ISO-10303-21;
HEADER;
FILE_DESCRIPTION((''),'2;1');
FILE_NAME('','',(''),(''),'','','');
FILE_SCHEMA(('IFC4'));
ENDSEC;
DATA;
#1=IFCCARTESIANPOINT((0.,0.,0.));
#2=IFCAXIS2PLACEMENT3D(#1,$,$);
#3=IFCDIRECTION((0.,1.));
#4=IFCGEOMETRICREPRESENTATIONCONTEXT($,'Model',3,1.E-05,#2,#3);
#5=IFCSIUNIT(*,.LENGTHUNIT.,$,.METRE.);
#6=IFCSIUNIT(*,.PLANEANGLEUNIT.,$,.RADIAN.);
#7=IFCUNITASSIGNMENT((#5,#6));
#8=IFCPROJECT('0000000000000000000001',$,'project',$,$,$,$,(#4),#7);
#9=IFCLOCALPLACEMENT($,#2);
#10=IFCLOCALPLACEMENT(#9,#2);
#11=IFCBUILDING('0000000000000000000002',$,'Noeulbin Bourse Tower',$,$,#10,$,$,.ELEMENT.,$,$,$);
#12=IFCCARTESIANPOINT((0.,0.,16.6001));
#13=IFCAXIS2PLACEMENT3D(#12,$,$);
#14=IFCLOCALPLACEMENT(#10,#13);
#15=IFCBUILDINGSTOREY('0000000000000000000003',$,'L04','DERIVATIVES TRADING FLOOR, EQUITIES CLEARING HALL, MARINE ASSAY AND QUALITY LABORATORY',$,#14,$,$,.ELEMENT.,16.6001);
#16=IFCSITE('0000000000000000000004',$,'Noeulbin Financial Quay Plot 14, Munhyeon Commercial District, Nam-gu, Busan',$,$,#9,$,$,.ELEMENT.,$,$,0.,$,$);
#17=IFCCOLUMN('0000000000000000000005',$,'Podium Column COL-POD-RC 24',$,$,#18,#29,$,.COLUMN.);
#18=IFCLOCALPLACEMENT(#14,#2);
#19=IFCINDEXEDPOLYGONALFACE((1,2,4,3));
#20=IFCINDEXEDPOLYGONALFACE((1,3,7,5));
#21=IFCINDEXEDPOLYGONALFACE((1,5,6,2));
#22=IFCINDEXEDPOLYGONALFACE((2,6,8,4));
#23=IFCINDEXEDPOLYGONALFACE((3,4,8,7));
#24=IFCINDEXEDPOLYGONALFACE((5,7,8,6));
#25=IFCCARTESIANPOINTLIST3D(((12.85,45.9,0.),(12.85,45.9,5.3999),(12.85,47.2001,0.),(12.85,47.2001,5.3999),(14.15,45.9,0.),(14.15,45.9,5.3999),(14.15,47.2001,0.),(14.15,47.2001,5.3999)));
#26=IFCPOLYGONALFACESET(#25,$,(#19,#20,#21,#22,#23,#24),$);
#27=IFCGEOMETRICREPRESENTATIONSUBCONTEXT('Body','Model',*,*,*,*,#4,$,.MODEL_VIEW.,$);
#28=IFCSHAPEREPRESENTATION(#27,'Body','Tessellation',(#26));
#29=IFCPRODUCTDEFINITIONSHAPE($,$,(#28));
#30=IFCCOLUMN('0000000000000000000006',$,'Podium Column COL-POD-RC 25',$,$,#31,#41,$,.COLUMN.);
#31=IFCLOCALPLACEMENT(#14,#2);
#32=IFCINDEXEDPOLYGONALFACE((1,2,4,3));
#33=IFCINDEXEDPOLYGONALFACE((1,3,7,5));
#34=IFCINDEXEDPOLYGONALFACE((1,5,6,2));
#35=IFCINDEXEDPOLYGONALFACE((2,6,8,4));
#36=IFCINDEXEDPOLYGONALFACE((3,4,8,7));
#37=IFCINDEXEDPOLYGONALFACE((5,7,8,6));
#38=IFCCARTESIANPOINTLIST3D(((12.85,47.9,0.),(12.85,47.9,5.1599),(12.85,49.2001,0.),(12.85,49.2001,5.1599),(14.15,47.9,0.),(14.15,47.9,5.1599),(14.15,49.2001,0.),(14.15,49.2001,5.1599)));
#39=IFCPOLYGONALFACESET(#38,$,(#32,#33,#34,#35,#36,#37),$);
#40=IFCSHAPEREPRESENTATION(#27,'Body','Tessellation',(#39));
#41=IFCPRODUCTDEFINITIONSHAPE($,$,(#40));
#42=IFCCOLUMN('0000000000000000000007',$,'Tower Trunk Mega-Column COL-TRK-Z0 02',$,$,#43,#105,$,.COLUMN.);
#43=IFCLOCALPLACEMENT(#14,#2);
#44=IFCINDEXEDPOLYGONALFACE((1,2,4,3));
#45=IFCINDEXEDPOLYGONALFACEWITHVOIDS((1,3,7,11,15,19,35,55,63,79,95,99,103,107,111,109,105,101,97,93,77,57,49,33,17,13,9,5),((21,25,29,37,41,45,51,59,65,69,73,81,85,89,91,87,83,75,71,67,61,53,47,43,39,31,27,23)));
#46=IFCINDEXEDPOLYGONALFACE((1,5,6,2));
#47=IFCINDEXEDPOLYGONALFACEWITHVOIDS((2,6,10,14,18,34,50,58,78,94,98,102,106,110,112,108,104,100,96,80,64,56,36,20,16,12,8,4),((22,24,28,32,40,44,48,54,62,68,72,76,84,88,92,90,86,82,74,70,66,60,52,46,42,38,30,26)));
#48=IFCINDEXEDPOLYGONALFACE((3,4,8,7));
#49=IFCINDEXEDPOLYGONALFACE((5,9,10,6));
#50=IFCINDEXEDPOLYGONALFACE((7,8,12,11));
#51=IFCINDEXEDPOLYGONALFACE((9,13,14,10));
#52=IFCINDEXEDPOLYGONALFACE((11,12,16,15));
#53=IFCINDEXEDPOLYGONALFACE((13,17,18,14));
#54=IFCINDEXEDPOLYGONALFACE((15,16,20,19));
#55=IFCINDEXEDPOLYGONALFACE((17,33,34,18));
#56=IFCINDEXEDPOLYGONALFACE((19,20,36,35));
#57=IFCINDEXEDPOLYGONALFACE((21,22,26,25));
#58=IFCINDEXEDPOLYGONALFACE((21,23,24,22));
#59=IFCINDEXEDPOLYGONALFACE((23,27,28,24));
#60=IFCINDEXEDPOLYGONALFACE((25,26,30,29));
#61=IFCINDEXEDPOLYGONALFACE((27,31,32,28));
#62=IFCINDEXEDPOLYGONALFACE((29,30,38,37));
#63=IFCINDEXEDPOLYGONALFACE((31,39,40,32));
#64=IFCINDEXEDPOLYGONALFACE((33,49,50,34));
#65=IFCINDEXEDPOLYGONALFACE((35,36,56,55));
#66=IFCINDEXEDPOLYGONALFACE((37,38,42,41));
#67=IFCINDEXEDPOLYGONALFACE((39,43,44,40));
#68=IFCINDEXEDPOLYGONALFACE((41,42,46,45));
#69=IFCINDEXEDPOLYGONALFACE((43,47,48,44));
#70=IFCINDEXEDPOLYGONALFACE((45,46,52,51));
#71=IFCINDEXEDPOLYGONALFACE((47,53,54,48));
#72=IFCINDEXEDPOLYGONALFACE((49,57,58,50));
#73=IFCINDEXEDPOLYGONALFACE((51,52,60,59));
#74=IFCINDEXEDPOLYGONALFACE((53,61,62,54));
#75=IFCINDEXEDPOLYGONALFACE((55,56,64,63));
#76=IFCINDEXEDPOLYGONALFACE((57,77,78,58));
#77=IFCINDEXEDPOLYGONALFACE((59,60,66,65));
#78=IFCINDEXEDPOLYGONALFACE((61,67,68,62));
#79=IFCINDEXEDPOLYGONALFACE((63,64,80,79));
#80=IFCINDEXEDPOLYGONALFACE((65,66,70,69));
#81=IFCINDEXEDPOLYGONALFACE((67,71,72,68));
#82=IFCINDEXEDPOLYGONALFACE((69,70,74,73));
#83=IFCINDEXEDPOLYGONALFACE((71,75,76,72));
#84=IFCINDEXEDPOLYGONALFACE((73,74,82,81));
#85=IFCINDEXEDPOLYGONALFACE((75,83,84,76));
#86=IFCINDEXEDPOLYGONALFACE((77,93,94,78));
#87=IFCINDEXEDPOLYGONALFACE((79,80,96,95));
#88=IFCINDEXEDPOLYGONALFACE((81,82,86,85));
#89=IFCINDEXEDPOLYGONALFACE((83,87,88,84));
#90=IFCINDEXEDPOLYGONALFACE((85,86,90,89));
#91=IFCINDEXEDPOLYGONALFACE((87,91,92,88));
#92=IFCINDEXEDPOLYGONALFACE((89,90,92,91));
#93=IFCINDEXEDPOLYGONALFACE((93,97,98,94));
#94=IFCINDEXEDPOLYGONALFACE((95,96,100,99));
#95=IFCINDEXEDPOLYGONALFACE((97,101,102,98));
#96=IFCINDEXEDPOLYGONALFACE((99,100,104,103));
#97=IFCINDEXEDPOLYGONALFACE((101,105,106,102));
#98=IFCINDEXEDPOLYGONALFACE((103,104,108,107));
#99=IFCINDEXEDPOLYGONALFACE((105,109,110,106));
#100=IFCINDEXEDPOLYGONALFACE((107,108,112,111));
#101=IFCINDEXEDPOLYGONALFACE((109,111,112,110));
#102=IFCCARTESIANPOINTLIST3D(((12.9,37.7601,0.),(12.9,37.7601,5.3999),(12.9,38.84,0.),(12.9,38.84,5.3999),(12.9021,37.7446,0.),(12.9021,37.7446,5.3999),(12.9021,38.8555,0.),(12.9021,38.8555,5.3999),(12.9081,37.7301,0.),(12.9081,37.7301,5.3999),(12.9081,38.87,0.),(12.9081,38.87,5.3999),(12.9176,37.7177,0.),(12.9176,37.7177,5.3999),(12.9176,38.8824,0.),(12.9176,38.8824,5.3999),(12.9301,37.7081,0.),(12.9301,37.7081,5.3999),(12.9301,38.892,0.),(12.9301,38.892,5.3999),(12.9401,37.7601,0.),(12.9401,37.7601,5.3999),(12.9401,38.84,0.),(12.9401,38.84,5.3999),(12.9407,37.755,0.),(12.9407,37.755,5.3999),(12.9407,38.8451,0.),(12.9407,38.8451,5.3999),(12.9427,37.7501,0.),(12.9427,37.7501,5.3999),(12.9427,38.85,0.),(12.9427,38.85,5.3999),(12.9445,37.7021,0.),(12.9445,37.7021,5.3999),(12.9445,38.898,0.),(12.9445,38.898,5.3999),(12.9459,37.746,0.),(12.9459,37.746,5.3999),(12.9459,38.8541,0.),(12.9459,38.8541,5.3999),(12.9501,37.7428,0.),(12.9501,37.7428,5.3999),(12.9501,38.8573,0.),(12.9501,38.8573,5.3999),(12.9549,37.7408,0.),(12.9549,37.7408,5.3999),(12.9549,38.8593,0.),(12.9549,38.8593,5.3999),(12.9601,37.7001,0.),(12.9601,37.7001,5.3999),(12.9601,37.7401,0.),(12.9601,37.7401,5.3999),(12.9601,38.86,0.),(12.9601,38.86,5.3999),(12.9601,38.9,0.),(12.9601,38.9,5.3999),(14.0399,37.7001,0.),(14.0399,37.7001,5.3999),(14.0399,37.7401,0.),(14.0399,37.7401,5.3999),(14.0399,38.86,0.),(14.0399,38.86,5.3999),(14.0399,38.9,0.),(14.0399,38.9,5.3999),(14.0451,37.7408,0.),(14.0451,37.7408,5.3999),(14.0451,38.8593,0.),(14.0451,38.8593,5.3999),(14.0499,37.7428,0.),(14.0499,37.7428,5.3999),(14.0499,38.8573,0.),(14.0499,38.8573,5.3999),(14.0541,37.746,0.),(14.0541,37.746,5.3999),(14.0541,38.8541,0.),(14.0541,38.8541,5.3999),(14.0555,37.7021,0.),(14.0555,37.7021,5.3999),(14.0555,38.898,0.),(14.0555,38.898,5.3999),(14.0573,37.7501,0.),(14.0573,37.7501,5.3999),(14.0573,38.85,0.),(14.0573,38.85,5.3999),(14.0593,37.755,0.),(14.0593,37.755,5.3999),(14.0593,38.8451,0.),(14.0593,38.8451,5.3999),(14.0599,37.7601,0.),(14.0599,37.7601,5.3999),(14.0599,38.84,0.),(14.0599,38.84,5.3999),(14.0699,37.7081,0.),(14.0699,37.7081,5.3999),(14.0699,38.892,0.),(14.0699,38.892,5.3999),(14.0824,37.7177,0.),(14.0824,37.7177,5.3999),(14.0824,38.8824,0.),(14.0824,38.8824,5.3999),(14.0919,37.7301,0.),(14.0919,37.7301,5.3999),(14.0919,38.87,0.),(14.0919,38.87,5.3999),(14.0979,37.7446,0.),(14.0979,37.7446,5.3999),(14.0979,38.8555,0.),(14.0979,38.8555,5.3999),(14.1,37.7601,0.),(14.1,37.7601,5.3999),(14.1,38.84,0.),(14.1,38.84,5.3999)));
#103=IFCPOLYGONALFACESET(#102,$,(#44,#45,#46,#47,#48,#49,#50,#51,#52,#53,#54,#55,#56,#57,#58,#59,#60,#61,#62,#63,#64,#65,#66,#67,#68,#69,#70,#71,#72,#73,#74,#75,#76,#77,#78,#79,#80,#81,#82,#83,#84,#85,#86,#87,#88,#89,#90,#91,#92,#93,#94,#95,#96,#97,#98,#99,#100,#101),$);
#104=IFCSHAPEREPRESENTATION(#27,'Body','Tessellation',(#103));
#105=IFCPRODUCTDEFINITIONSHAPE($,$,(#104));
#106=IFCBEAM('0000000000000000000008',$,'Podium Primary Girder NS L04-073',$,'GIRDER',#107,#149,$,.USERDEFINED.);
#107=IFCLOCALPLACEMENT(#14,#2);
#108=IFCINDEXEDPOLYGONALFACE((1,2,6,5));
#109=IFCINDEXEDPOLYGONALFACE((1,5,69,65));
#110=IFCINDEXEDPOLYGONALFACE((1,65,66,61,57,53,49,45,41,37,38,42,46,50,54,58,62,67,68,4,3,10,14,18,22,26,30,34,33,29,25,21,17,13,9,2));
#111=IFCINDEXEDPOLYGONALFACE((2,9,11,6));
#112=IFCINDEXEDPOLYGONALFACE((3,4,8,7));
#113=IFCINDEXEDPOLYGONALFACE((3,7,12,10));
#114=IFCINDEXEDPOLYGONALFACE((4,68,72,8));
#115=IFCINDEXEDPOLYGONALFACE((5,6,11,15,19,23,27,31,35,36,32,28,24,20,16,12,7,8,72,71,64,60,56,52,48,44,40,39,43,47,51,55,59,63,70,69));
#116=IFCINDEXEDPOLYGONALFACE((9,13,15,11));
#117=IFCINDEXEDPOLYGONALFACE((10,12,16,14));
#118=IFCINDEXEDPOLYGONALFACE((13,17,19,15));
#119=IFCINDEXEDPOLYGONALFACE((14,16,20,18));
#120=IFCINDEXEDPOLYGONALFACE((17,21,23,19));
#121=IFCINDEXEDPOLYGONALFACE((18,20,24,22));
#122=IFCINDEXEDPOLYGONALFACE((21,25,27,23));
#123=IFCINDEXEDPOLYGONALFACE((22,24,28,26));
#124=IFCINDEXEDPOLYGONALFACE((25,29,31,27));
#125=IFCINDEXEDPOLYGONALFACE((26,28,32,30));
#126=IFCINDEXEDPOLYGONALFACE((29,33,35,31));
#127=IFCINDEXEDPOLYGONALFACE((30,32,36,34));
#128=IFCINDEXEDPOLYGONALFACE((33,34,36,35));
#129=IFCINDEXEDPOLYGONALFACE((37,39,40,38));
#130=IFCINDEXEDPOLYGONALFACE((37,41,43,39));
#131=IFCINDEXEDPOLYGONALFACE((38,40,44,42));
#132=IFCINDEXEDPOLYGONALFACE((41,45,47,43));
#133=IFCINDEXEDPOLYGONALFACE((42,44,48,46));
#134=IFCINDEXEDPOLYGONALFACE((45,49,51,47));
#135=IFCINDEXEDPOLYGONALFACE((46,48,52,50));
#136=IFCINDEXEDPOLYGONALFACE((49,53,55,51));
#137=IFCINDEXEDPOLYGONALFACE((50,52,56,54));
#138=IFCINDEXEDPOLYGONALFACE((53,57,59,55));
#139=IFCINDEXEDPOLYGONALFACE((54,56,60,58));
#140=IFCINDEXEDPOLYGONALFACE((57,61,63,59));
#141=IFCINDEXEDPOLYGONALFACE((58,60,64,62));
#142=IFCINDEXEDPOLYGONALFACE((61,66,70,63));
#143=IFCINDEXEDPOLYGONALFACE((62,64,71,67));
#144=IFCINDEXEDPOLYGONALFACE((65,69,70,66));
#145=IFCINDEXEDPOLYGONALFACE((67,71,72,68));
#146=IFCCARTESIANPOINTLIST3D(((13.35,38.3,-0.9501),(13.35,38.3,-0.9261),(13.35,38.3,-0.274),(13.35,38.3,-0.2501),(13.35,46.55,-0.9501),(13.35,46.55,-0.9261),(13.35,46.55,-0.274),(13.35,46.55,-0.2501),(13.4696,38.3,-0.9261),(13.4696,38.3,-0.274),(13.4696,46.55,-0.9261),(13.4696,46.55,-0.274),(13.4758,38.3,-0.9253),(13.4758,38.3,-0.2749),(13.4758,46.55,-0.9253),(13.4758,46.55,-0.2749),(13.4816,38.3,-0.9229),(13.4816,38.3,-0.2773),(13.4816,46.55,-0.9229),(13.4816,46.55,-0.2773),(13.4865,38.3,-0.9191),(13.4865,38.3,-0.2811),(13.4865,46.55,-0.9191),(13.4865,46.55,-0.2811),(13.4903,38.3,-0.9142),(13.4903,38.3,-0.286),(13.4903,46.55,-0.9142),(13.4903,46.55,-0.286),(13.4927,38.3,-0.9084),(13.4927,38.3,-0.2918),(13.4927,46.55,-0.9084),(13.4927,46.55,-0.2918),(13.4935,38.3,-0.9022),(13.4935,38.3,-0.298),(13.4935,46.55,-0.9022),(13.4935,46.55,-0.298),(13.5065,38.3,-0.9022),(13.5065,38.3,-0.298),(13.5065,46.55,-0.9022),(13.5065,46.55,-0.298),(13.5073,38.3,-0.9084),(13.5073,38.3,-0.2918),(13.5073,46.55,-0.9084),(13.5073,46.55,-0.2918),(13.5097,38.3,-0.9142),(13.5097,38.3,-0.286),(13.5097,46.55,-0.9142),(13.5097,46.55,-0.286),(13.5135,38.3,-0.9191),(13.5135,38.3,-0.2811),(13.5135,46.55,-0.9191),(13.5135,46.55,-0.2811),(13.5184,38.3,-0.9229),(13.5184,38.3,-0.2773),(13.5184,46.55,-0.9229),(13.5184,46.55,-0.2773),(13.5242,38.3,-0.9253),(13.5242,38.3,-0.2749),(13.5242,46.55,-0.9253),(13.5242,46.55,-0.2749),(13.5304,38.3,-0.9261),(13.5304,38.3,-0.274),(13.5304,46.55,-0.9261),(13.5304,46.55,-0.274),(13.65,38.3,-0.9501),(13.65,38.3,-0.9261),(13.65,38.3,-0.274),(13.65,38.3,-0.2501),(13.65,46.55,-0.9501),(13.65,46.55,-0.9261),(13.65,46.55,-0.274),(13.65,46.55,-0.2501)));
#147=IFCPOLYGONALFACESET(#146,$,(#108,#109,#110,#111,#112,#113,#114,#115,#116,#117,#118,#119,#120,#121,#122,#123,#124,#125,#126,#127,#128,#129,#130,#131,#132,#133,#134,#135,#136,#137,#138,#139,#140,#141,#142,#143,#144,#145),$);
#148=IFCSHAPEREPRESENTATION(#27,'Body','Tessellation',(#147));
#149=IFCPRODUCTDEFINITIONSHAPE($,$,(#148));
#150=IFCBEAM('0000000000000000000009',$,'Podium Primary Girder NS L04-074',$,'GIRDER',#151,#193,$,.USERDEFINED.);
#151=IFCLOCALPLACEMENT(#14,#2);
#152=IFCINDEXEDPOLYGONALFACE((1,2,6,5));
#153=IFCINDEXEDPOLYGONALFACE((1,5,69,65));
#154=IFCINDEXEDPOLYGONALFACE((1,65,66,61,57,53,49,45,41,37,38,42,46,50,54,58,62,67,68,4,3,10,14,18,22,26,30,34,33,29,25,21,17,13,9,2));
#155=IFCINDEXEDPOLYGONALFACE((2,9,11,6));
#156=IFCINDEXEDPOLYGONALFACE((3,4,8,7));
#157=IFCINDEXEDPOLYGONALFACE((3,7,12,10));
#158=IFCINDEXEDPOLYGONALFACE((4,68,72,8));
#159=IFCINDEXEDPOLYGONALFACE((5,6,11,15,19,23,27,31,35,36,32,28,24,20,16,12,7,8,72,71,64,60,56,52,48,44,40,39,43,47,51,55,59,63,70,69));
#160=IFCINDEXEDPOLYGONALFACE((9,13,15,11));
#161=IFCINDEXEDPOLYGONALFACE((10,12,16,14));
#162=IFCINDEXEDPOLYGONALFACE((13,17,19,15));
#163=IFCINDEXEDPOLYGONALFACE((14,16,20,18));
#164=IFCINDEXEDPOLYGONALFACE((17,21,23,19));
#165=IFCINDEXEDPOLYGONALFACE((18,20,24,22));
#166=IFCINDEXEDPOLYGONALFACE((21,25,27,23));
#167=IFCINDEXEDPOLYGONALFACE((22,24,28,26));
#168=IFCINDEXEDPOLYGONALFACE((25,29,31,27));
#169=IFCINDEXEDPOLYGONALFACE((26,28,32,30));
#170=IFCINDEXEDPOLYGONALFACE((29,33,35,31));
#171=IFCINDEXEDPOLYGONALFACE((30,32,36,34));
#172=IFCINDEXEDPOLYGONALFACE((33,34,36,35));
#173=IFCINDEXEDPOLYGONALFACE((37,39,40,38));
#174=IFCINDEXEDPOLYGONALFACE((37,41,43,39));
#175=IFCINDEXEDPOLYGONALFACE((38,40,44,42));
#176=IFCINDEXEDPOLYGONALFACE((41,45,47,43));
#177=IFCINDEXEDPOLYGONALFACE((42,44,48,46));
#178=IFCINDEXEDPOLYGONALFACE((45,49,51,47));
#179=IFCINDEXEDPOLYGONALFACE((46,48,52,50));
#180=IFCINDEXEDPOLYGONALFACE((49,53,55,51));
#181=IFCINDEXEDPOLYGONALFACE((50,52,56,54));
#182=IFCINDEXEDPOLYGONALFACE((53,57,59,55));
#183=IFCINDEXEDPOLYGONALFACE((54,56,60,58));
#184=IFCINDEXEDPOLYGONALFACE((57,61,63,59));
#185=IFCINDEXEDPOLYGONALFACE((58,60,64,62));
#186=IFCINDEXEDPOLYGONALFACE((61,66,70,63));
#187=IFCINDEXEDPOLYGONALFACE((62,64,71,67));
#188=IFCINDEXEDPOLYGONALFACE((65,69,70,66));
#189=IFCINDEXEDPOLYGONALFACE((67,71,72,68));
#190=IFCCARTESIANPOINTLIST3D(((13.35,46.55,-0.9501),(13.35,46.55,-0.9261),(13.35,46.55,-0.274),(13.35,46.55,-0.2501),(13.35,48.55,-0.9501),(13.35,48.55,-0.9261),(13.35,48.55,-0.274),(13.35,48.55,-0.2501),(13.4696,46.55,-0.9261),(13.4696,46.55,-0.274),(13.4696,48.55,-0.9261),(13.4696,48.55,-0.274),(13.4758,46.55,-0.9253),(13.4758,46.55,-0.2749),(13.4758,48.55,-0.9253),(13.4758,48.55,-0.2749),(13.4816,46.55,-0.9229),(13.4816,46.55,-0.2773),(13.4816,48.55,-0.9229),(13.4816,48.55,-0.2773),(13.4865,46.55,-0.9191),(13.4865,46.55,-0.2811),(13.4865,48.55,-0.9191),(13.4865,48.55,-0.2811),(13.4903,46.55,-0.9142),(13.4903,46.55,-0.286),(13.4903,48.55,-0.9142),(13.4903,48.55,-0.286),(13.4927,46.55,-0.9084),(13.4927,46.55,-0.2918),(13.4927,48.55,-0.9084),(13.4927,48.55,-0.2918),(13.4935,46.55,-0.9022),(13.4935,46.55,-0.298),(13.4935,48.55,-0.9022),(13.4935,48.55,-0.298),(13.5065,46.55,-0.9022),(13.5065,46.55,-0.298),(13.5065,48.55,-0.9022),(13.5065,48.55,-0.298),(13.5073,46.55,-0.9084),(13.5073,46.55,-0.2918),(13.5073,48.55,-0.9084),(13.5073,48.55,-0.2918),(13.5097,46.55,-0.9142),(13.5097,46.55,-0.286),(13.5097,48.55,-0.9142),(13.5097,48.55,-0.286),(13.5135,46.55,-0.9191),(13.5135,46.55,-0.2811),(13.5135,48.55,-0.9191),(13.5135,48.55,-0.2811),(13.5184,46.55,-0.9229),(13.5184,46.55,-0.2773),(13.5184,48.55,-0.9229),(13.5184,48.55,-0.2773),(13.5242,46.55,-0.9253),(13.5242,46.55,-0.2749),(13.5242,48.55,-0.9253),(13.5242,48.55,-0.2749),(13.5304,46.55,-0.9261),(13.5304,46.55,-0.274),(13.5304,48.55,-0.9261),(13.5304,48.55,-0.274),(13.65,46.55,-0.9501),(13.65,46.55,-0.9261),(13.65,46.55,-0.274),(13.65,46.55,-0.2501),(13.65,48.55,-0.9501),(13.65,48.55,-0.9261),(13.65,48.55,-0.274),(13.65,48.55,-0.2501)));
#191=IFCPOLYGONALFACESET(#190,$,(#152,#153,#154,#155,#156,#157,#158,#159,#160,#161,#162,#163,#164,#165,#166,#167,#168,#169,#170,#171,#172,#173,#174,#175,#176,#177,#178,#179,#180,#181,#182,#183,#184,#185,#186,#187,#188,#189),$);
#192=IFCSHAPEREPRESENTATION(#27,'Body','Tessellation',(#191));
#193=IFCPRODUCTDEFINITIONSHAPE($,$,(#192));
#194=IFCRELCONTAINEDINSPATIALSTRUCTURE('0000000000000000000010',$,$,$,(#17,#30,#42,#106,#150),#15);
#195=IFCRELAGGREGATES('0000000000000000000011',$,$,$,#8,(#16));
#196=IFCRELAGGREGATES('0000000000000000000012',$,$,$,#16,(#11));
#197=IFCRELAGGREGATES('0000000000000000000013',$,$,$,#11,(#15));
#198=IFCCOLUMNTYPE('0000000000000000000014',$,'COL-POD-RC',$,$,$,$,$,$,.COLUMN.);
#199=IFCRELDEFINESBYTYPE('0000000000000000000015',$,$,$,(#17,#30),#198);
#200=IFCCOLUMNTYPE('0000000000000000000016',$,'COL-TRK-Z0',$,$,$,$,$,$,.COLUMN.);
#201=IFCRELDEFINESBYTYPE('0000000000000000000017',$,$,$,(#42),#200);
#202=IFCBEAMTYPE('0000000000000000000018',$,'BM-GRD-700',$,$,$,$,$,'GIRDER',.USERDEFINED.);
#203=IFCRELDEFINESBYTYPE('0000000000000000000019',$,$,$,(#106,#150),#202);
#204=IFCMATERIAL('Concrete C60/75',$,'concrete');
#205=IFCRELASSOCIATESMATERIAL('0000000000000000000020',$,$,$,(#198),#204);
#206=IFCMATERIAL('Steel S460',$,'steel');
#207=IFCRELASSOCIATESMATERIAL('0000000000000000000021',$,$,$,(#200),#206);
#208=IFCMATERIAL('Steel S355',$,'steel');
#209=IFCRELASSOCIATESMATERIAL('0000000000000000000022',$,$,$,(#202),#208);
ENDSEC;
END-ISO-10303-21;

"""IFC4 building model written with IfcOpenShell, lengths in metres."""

from ifc_helpers import new_model, si_unit, direction, frame, origin, origin_2d, place, context, subcontext, project, spatial, rectangle, hollow_rectangle, i_section, extrude, material, material_profile, profile_set, type_object, element, save


model = new_model("IFC4")

# Units and contexts
model_context = context("Model", 3, precision=1e-05, world=origin(), true_north=direction((0.0, 1.0)))
body_context = subcontext(model_context, "Body", "Model", "MODEL_VIEW")
ifc_project = project(units=[si_unit("LENGTHUNIT", "METRE"), si_unit("PLANEANGLEUNIT", "RADIAN")], contexts=[model_context])

# Site, building, storey
site_placement = place(None, origin())
site = spatial("IfcSite", under=ifc_project, at=site_placement, Name="Noeulbin Financial Quay Plot 14, Munhyeon Commercial District, Nam-gu, Busan", CompositionType="ELEMENT", RefElevation=0.0)
building_placement = place(site_placement, origin())
building = spatial("IfcBuilding", under=site, at=building_placement, Name="Noeulbin Bourse Tower", CompositionType="ELEMENT")
storey_placement = place(building_placement, frame((0.0, 0.0, 16.6001)))
storey = spatial("IfcBuildingStorey", under=building, at=storey_placement, Name="L04", Description="DERIVATIVES TRADING FLOOR, EQUITIES CLEARING HALL, MARINE ASSAY AND QUALITY LABORATORY", CompositionType="ELEMENT", Elevation=16.6001)

# Columns
ifc_material_1 = material(Name="Concrete C60/75", Category="concrete")
ifc_material_profile_1 = material_profile(ifc_material_1, rectangle(XDim=1.3, YDim=1.3, at=origin_2d()), Name="RC-COL-1300x1300", Category="LoadBearing")
ifc_profile_set_1 = profile_set([ifc_material_profile_1], Name="Concrete C60/75")
column_type_1 = type_object("IfcColumnType", Name="COL-POD-RC", PredefinedType="COLUMN", material=ifc_profile_set_1)
column_1_placement = place(storey_placement, frame((13.5, 46.55, 0.0), z_axis=(0.0, 0.0, 1.0), x_axis=(1.0, 0.0, 0.0)))
element("IfcColumn", 1, at=column_1_placement, inside=storey, type_object=column_type_1, Name="Podium Column COL-POD-RC 24", PredefinedType="COLUMN", context=body_context, shape_type="SweptSolid", body=[
    extrude(rectangle(XDim=1.3, YDim=1.3, at=origin_2d()), origin(), (0.0, 0.0, 1.0), 5.3999),
])
column_2_placement = place(storey_placement, frame((13.5, 48.55, 0.0), z_axis=(0.0, 0.0, 1.0), x_axis=(1.0, 0.0, 0.0)))
element("IfcColumn", 2, at=column_2_placement, inside=storey, type_object=column_type_1, Name="Podium Column COL-POD-RC 25", PredefinedType="COLUMN", context=body_context, shape_type="SweptSolid", body=[
    extrude(rectangle(XDim=1.3, YDim=1.3, at=origin_2d()), origin(), (0.0, 0.0, 1.0), 5.1599),
])
ifc_material_2 = material(Name="Steel S460", Category="steel")
ifc_material_profile_2 = material_profile(ifc_material_2, hollow_rectangle(XDim=1.2, YDim=1.2, WallThickness=0.04, InnerFilletRadius=0.02, OuterFilletRadius=0.0601, at=origin_2d()), Name="BOX-1200x1200x40", Category="LoadBearing")
ifc_profile_set_2 = profile_set([ifc_material_profile_2], Name="Steel S460")
column_type_2 = type_object("IfcColumnType", Name="COL-TRK-Z0", PredefinedType="COLUMN", material=ifc_profile_set_2)
column_3_placement = place(storey_placement, frame((13.5, 38.3, 0.0), z_axis=(0.0, 0.0, 1.0), x_axis=(1.0, 0.0, 0.0)))
element("IfcColumn", 3, at=column_3_placement, inside=storey, type_object=column_type_2, Name="Tower Trunk Mega-Column COL-TRK-Z0 02", PredefinedType="COLUMN", context=body_context, shape_type="SweptSolid", body=[
    extrude(hollow_rectangle(XDim=1.2, YDim=1.2, WallThickness=0.04, InnerFilletRadius=0.02, OuterFilletRadius=0.0601, at=origin_2d()), origin(), (0.0, 0.0, 1.0), 5.3999),
])

# Beams
ifc_material_3 = material(Name="Steel S355", Category="steel")
ifc_material_profile_3 = material_profile(ifc_material_3, i_section(OverallWidth=0.3, OverallDepth=0.7, WebThickness=0.0129, FlangeThickness=0.0239, FilletRadius=0.0239, at=origin_2d()), Name="H-700x300x13x24", Category="LoadBearing")
ifc_profile_set_3 = profile_set([ifc_material_profile_3], Name="Steel S355")
beam_type_1 = type_object("IfcBeamType", Name="BM-GRD-700", ElementType="GIRDER", PredefinedType="USERDEFINED", material=ifc_profile_set_3)
beam_1_placement = place(storey_placement, frame((13.5, 38.3, -0.6001), z_axis=(0.0, 1.0, 0.0), x_axis=(-1.0, 0.0, 0.0)))
element("IfcBeam", 4, at=beam_1_placement, inside=storey, type_object=beam_type_1, Name="Podium Primary Girder NS L04-073", ObjectType="GIRDER", PredefinedType="USERDEFINED", context=body_context, shape_type="SweptSolid", body=[
    extrude(i_section(OverallWidth=0.3, OverallDepth=0.7, WebThickness=0.0129, FlangeThickness=0.0239, FilletRadius=0.0239, at=origin_2d()), origin(), (0.0, 0.0, 1.0), 8.25),
])
beam_2_placement = place(storey_placement, frame((13.5, 46.55, -0.6001), z_axis=(0.0, 1.0, 0.0), x_axis=(-1.0, 0.0, 0.0)))
element("IfcBeam", 5, at=beam_2_placement, inside=storey, type_object=beam_type_1, Name="Podium Primary Girder NS L04-074", ObjectType="GIRDER", PredefinedType="USERDEFINED", context=body_context, shape_type="SweptSolid", body=[
    extrude(i_section(OverallWidth=0.3, OverallDepth=0.7, WebThickness=0.0129, FlangeThickness=0.0239, FilletRadius=0.0239, at=origin_2d()), origin(), (0.0, 0.0, 1.0), 2.0),
])

save(model, "model.ifc")
